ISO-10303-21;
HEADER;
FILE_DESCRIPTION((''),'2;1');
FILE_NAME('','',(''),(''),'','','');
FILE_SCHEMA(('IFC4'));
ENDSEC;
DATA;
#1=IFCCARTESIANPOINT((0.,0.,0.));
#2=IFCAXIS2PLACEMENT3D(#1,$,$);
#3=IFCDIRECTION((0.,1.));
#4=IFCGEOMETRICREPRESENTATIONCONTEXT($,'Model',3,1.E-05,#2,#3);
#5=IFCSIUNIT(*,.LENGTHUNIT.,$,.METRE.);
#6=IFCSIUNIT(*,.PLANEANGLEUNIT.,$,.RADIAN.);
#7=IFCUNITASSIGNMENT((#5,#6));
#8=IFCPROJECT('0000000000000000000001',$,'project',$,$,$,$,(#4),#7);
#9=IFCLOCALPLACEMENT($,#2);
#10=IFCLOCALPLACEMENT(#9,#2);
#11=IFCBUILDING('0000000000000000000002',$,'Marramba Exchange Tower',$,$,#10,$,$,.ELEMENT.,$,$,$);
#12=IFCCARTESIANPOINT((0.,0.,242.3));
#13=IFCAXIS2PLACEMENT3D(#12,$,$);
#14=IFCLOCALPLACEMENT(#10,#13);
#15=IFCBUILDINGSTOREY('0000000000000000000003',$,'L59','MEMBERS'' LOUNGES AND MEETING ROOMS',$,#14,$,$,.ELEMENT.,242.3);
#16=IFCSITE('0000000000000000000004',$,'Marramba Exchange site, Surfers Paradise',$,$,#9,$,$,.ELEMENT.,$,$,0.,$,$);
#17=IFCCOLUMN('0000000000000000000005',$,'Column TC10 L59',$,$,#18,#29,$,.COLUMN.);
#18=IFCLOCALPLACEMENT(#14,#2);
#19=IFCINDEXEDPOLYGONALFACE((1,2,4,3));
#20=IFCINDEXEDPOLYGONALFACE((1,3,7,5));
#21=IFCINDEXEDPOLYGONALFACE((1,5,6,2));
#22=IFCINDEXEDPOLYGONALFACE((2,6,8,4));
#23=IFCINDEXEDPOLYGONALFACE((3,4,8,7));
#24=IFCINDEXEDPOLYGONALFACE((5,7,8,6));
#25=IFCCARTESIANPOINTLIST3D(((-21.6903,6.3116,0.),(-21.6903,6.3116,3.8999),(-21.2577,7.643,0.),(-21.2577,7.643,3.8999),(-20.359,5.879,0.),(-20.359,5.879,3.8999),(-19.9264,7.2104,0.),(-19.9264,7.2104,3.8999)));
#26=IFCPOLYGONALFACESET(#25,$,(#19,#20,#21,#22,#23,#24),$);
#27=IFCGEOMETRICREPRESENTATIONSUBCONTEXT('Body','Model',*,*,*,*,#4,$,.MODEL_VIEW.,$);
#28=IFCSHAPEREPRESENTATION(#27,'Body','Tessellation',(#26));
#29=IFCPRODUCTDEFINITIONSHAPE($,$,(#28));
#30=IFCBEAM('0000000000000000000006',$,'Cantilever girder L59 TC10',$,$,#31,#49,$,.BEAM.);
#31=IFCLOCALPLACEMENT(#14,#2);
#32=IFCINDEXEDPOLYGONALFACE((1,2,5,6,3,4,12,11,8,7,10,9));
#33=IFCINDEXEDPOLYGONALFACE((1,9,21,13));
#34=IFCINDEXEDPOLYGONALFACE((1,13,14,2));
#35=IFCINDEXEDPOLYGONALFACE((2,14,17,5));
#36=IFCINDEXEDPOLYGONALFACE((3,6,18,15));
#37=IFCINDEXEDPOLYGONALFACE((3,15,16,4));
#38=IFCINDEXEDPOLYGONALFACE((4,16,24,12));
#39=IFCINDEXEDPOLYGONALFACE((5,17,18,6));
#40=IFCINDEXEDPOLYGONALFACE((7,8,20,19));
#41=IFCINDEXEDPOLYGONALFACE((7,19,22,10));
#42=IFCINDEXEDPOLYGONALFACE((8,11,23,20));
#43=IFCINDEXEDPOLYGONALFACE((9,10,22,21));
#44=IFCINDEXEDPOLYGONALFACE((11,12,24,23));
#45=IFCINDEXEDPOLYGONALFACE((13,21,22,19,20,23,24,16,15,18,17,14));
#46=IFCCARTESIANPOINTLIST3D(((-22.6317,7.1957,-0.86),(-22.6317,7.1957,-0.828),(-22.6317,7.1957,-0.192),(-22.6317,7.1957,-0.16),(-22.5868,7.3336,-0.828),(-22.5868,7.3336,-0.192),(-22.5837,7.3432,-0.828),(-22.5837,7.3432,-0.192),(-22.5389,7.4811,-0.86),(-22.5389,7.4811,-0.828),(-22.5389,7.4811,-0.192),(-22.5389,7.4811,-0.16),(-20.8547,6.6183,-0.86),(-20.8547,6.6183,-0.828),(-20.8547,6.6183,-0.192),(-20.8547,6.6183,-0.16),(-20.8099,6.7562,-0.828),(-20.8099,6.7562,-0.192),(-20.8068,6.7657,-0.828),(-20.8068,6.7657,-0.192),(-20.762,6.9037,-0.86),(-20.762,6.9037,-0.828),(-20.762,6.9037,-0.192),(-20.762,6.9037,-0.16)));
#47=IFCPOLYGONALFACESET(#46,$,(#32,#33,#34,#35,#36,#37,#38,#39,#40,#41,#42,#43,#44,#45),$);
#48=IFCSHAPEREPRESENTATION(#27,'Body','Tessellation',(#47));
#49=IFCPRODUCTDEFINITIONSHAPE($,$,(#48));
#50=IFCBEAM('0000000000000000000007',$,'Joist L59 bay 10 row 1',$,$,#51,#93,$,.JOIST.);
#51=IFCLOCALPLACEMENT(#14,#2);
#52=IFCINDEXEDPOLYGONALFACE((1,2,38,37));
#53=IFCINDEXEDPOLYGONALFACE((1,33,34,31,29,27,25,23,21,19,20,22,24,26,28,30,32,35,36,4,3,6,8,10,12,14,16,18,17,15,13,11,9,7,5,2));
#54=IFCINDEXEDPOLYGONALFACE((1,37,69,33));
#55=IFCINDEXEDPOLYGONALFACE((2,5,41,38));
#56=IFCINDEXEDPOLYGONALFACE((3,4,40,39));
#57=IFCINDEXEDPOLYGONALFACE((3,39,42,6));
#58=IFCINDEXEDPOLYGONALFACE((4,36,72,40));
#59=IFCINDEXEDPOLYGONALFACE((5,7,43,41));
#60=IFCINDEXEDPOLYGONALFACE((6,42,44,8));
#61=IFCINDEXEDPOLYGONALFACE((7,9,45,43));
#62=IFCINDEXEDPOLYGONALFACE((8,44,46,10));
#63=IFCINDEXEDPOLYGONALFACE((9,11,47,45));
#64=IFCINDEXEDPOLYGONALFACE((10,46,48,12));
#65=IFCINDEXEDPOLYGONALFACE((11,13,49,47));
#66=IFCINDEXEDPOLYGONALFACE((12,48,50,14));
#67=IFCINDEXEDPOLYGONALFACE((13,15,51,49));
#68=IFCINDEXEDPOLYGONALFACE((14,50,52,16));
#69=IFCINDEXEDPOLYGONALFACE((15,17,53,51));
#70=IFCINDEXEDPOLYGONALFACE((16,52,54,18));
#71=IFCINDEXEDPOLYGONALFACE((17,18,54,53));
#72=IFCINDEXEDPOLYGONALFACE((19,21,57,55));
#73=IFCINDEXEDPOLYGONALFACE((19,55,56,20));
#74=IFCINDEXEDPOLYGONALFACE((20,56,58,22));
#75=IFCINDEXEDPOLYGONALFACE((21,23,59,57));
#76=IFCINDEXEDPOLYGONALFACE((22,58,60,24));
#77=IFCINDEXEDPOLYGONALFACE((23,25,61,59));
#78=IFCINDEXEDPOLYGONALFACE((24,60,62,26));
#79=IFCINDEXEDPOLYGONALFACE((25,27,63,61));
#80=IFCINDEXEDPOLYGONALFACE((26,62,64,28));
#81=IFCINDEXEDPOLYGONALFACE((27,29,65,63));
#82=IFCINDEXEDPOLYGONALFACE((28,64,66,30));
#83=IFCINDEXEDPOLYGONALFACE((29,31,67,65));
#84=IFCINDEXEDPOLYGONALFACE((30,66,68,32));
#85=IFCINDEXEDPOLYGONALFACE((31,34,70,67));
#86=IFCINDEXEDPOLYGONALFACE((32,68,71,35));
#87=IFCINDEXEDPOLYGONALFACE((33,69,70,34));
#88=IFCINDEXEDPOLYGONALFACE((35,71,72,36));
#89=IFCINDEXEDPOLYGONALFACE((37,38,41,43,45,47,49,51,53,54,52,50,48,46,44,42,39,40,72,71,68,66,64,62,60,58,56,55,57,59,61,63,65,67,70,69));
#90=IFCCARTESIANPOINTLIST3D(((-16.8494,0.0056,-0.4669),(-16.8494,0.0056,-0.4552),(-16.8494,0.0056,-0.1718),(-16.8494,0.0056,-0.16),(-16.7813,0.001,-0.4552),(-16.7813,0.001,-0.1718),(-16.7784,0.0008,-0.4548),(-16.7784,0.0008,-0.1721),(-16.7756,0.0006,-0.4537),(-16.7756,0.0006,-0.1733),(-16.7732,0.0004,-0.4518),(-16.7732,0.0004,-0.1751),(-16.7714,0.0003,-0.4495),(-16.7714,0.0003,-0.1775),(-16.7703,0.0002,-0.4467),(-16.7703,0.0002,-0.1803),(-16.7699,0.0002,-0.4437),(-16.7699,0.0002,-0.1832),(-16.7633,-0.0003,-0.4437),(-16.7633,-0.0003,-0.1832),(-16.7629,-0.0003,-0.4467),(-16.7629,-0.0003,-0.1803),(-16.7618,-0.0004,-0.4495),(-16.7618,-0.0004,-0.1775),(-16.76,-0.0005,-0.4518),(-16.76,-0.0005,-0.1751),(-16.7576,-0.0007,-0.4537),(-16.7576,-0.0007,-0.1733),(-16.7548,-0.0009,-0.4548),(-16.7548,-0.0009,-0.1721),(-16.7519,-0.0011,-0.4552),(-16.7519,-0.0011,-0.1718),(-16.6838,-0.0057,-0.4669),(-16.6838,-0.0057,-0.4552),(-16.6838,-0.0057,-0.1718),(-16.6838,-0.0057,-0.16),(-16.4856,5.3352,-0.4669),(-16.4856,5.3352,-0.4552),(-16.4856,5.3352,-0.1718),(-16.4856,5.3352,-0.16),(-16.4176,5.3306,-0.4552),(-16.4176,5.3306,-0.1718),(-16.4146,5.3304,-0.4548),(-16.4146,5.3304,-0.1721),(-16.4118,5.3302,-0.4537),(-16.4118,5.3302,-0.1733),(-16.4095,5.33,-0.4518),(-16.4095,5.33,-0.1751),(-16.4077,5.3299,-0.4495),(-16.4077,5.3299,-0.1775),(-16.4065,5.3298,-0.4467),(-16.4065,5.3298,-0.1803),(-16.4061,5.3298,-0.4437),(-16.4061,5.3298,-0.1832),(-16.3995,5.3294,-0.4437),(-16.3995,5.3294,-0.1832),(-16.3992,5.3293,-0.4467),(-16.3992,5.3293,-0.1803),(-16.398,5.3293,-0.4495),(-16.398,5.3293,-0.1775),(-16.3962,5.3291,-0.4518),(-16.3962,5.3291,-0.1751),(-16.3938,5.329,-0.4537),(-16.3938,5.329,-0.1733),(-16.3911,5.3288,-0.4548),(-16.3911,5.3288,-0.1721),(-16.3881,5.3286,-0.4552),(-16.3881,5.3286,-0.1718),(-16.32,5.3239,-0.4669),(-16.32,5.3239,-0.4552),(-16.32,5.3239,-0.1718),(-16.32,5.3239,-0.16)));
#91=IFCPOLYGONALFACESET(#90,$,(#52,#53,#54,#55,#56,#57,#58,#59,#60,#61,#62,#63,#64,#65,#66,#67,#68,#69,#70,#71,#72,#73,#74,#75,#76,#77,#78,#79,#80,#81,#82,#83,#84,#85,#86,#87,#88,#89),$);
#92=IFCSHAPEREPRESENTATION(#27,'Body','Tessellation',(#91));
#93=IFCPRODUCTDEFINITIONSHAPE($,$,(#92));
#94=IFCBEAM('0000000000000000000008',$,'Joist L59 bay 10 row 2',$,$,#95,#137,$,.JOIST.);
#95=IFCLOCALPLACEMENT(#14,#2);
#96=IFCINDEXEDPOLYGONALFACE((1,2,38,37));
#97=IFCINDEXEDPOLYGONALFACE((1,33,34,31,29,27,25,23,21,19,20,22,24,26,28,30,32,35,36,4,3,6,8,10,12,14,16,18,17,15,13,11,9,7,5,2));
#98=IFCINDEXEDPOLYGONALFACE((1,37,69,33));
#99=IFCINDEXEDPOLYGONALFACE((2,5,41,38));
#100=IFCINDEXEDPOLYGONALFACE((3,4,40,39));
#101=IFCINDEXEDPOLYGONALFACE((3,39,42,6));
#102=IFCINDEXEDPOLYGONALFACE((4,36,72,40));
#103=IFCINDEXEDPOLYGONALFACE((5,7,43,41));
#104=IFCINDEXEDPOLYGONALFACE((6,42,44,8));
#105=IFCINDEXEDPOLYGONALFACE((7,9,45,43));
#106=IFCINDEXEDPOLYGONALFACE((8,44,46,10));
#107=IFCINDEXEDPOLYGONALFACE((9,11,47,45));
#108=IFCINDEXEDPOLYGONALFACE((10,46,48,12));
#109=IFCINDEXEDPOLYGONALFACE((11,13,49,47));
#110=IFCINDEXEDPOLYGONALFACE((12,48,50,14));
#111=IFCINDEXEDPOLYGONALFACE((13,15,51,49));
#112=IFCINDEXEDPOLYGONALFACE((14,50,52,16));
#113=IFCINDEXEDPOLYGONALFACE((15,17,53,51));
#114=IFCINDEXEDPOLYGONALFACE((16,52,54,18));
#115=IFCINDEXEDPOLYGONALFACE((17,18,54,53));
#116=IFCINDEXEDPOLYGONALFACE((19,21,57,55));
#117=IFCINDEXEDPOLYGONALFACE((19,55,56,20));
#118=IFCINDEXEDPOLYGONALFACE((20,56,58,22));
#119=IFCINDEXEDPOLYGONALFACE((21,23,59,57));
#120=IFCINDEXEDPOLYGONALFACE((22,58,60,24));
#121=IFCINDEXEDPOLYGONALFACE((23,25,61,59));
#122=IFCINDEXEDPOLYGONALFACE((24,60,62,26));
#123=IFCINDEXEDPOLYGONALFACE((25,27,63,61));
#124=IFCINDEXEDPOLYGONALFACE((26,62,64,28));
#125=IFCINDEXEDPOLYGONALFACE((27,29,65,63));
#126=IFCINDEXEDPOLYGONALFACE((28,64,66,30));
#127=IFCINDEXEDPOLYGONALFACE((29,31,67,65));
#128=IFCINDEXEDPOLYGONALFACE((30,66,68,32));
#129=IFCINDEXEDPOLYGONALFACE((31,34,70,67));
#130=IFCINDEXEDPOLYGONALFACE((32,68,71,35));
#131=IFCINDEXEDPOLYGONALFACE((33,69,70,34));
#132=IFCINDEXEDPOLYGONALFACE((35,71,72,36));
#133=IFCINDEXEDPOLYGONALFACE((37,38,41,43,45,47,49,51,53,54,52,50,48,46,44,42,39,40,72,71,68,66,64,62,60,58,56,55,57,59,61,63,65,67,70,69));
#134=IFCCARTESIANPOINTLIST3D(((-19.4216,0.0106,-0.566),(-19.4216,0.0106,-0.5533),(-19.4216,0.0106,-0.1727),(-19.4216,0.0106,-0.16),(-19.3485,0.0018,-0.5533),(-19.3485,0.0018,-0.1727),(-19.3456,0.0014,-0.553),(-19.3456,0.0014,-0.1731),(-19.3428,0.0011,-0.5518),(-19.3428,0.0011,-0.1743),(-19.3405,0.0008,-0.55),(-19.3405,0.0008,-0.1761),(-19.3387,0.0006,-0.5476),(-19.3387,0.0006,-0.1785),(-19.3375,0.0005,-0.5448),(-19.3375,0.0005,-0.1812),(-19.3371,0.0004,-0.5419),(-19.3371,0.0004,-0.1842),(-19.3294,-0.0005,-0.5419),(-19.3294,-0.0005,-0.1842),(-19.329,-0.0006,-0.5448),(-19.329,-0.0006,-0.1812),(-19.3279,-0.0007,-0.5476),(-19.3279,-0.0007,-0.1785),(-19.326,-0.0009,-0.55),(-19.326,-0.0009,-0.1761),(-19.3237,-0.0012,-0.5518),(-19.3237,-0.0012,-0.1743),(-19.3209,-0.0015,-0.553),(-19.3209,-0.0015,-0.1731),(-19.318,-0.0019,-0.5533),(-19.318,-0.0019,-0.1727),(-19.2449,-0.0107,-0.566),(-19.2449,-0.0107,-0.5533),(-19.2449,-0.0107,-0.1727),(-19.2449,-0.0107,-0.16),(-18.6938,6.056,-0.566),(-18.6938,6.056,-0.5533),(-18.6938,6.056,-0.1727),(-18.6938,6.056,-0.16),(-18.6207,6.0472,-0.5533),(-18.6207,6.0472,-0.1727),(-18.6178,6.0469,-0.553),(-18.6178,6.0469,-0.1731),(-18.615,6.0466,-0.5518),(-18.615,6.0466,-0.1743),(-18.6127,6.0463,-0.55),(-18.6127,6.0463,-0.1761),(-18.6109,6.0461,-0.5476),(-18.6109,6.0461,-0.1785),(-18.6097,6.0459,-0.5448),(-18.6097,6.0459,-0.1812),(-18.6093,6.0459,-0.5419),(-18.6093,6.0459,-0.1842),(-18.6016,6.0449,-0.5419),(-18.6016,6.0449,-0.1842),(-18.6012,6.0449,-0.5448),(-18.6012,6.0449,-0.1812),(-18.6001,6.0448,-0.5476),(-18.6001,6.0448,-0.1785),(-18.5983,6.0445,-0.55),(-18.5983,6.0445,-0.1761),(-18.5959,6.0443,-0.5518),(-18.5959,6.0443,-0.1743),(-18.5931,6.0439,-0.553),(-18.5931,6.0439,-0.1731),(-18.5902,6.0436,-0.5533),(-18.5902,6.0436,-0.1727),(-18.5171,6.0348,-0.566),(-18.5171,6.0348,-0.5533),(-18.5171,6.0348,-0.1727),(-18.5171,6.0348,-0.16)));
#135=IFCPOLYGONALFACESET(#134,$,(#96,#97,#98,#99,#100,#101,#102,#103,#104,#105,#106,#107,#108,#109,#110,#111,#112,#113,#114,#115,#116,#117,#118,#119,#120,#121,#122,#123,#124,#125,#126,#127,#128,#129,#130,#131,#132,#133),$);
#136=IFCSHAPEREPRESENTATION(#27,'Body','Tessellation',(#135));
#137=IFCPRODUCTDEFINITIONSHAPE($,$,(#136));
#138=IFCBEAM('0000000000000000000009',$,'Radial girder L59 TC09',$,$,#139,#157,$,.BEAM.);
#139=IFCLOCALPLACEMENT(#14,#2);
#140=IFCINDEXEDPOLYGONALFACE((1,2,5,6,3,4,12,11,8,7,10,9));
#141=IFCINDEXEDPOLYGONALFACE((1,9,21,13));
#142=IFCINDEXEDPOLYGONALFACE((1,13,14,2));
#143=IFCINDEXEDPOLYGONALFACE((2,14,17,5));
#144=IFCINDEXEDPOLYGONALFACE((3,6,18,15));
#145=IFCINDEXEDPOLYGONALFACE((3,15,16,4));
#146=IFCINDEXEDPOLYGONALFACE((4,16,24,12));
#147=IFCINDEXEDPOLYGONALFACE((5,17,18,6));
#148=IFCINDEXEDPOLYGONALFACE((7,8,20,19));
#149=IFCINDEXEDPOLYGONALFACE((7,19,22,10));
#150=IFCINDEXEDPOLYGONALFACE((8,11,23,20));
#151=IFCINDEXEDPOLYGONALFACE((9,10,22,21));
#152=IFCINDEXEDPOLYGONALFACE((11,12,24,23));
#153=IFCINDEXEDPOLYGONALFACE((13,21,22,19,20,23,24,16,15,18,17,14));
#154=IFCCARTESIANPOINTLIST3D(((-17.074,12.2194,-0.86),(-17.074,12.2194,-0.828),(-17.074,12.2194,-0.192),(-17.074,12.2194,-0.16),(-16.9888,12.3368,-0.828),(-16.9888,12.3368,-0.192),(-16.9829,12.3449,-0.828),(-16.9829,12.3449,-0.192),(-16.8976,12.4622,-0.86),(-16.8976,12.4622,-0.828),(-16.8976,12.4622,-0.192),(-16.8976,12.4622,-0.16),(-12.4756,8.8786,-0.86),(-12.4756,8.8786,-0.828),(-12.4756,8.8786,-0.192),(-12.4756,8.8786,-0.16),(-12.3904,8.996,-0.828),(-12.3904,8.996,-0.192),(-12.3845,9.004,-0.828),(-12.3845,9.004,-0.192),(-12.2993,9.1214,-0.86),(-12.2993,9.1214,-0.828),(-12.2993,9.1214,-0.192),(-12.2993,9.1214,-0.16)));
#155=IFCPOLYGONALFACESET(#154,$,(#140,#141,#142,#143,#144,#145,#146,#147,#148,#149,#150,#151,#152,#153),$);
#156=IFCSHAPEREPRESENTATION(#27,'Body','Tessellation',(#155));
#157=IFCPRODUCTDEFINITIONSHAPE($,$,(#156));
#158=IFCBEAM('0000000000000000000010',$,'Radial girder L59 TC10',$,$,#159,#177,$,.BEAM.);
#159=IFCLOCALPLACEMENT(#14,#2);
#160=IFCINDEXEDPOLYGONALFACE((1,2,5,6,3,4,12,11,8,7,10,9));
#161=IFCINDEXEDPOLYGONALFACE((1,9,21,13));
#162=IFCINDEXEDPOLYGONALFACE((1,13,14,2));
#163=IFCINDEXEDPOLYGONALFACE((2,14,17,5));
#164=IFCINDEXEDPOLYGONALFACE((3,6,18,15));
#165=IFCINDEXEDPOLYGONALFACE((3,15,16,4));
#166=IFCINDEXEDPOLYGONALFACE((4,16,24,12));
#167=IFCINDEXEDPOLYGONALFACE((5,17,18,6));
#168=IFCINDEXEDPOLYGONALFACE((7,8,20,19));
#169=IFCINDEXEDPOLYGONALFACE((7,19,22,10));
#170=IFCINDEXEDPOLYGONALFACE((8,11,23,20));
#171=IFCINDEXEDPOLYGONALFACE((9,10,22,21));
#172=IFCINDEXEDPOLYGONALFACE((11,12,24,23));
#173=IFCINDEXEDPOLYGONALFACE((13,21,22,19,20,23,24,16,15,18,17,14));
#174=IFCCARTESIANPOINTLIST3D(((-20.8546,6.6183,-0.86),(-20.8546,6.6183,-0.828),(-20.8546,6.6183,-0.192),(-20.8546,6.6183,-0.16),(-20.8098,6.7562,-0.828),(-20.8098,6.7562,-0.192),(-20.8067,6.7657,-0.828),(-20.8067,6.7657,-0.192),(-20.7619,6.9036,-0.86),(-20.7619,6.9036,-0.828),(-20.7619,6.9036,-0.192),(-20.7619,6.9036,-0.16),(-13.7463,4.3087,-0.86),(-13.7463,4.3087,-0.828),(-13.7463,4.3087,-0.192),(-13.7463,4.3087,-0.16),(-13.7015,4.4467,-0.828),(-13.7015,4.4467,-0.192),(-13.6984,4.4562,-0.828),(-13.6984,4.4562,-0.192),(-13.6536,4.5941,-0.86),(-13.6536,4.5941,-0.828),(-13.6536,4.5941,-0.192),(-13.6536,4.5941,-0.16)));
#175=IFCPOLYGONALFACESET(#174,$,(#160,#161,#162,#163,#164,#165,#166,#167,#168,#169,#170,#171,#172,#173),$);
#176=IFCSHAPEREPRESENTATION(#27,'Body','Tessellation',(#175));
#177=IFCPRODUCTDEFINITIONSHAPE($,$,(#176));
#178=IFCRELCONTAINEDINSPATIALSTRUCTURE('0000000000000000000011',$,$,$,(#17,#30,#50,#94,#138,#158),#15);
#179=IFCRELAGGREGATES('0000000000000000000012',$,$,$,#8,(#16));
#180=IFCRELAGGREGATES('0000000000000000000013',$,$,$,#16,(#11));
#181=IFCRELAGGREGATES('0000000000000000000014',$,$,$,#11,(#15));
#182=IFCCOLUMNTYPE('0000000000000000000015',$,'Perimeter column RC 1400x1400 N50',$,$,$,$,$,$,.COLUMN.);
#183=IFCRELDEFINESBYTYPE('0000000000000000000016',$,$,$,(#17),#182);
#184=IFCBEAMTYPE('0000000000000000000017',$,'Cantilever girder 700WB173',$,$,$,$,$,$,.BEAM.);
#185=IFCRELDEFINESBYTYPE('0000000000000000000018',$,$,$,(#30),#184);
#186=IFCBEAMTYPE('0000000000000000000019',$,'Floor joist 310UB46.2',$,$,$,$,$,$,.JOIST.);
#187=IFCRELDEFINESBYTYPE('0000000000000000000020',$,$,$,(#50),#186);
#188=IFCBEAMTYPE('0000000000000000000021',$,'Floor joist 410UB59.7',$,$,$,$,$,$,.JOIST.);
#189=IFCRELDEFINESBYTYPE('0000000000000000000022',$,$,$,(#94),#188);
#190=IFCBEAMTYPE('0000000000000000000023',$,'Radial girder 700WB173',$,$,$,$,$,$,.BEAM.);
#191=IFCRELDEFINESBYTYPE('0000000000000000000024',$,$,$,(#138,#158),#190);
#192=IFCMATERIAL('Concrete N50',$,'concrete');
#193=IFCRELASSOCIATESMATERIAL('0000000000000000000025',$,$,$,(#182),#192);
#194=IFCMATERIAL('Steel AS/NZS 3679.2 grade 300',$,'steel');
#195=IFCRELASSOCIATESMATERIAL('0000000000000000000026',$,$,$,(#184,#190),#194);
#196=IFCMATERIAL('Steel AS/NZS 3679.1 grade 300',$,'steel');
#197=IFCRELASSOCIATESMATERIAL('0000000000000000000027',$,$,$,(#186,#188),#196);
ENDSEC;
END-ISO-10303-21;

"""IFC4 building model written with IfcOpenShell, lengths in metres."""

from ifc_helpers import new_model, si_unit, direction, frame, origin, origin_2d, place, context, subcontext, project, spatial, rectangle, i_section, extrude, material, material_profile, profile_set, type_object, element, save


model = new_model("IFC4")

# Units and contexts
model_context = context("Model", 3, precision=1e-05, world=origin(), true_north=direction((0.0, 1.0)))
body_context = subcontext(model_context, "Body", "Model", "MODEL_VIEW")
ifc_project = project(units=[si_unit("LENGTHUNIT", "METRE"), si_unit("PLANEANGLEUNIT", "RADIAN")], contexts=[model_context])

# Site, building, storey
site_placement = place(None, origin())
site = spatial("IfcSite", under=ifc_project, at=site_placement, Name="Marramba Exchange site, Surfers Paradise", CompositionType="ELEMENT", RefElevation=0.0)
building_placement = place(site_placement, origin())
building = spatial("IfcBuilding", under=site, at=building_placement, Name="Marramba Exchange Tower", CompositionType="ELEMENT")
storey_placement = place(building_placement, frame((0.0, 0.0, 242.3)))
storey = spatial("IfcBuildingStorey", under=building, at=storey_placement, Name="L59", Description="MEMBERS' LOUNGES AND MEETING ROOMS", CompositionType="ELEMENT", Elevation=242.3)

# Column
ifc_material_1 = material(Name="Concrete N50", Category="concrete")
ifc_material_profile_1 = material_profile(ifc_material_1, rectangle(XDim=1.3999, YDim=1.3999, at=origin_2d()), Name="RC 1400x1400")
ifc_profile_set_1 = profile_set([ifc_material_profile_1], Name="Concrete N50")
column_type = type_object("IfcColumnType", Name="Perimeter column RC 1400x1400 N50", PredefinedType="COLUMN", material=ifc_profile_set_1)
column_placement = place(storey_placement, frame((-20.8083, 6.761, 0.0), z_axis=(0.0, 0.0, 1.0), x_axis=(-0.951057, 0.309017, 0.0)))
element("IfcColumn", 1, at=column_placement, inside=storey, type_object=column_type, Name="Column TC10 L59", PredefinedType="COLUMN", context=body_context, shape_type="SweptSolid", body=[
    extrude(rectangle(XDim=1.3999, YDim=1.3999, at=origin_2d()), origin(), (0.0, 0.0, 1.0), 3.8999),
])

# Beams
ifc_material_2 = material(Name="Steel AS/NZS 3679.2 grade 300", Category="steel")
ifc_material_profile_2 = material_profile(ifc_material_2, i_section(OverallWidth=0.3, OverallDepth=0.7, WebThickness=0.01, FlangeThickness=0.032, at=origin_2d()), Name="700WB173")
ifc_profile_set_2 = profile_set([ifc_material_profile_2], Name="Steel AS/NZS 3679.2 grade 300")
beam_type_1 = type_object("IfcBeamType", Name="Cantilever girder 700WB173", PredefinedType="BEAM", material=ifc_profile_set_2)
beam_1_placement = place(storey_placement, frame((-20.8083, 6.761, -0.51), z_axis=(-0.951048, 0.309045, 0.0), x_axis=(-0.309045, -0.951048, 0.0)))
element("IfcBeam", 2, at=beam_1_placement, inside=storey, type_object=beam_type_1, Name="Cantilever girder L59 TC10", PredefinedType="BEAM", context=body_context, shape_type="SweptSolid", body=[
    extrude(i_section(OverallWidth=0.3, OverallDepth=0.7, WebThickness=0.01, FlangeThickness=0.032, at=origin_2d()), origin(), (0.0, 0.0, 1.0), 1.8684),
])
ifc_material_3 = material(Name="Steel AS/NZS 3679.1 grade 300", Category="steel")
ifc_material_profile_3 = material_profile(ifc_material_3, i_section(OverallWidth=0.166, OverallDepth=0.3069, WebThickness=0.0066, FlangeThickness=0.0117, FilletRadius=0.0115, at=origin_2d()), Name="310UB46.2")
ifc_profile_set_3 = profile_set([ifc_material_profile_3], Name="Steel AS/NZS 3679.1 grade 300")
beam_type_2 = type_object("IfcBeamType", Name="Floor joist 310UB46.2", PredefinedType="JOIST", material=ifc_profile_set_3)
beam_2_placement = place(storey_placement, frame((-16.4028, 5.3296, -0.3135), z_axis=(-0.068096, -0.997679, 0.0), x_axis=(0.997679, -0.068096, 0.0)))
element("IfcBeam", 3, at=beam_2_placement, inside=storey, type_object=beam_type_2, Name="Joist L59 bay 10 row 1", PredefinedType="JOIST", context=body_context, shape_type="SweptSolid", body=[
    extrude(i_section(OverallWidth=0.166, OverallDepth=0.3069, WebThickness=0.0066, FlangeThickness=0.0117, FilletRadius=0.0115, at=origin_2d()), origin(), (0.0, 0.0, 1.0), 5.342),
])
ifc_material_profile_4 = material_profile(ifc_material_3, i_section(OverallWidth=0.178, OverallDepth=0.406, WebThickness=0.0078, FlangeThickness=0.0127, FilletRadius=0.0115, at=origin_2d()), Name="410UB59.7")
ifc_profile_set_4 = profile_set([ifc_material_profile_4], Name="Steel AS/NZS 3679.1 grade 300")
beam_type_3 = type_object("IfcBeamType", Name="Floor joist 410UB59.7", PredefinedType="JOIST", material=ifc_profile_set_4)
beam_3_placement = place(storey_placement, frame((-18.6055, 6.0454, -0.363), z_axis=(-0.119523, -0.992831, 0.0), x_axis=(0.992831, -0.119523, 0.0)))
element("IfcBeam", 4, at=beam_3_placement, inside=storey, type_object=beam_type_3, Name="Joist L59 bay 10 row 2", PredefinedType="JOIST", context=body_context, shape_type="SweptSolid", body=[
    extrude(i_section(OverallWidth=0.178, OverallDepth=0.406, WebThickness=0.0078, FlangeThickness=0.0127, FilletRadius=0.0115, at=origin_2d()), origin(), (0.0, 0.0, 1.0), 6.0891),
])
ifc_material_profile_5 = material_profile(ifc_material_2, i_section(OverallWidth=0.3, OverallDepth=0.7, WebThickness=0.01, FlangeThickness=0.032, at=origin_2d()), Name="700WB173")
ifc_profile_set_5 = profile_set([ifc_material_profile_5], Name="Steel AS/NZS 3679.2 grade 300")
beam_type_4 = type_object("IfcBeamType", Name="Radial girder 700WB173", PredefinedType="BEAM", material=ifc_profile_set_5)
beam_4_placement = place(storey_placement, frame((-12.3875, 9.0, -0.51), z_axis=(-0.809026, 0.587773, 0.0), x_axis=(-0.587773, -0.809026, 0.0)))
element("IfcBeam", 5, at=beam_4_placement, inside=storey, type_object=beam_type_4, Name="Radial girder L59 TC09", PredefinedType="BEAM", context=body_context, shape_type="SweptSolid", body=[
    extrude(i_section(OverallWidth=0.3, OverallDepth=0.7, WebThickness=0.01, FlangeThickness=0.032, at=origin_2d()), origin(), (0.0, 0.0, 1.0), 5.6838),
])
beam_5_placement = place(storey_placement, frame((-13.7, 4.4514, -0.51), z_axis=(-0.95106, 0.309006, 0.0), x_axis=(-0.309006, -0.95106, 0.0)))
element("IfcBeam", 6, at=beam_5_placement, inside=storey, type_object=beam_type_4, Name="Radial girder L59 TC10", PredefinedType="BEAM", context=body_context, shape_type="SweptSolid", body=[
    extrude(i_section(OverallWidth=0.3, OverallDepth=0.7, WebThickness=0.01, FlangeThickness=0.032, at=origin_2d()), origin(), (0.0, 0.0, 1.0), 7.4741),
])

save(model, "model.ifc")
